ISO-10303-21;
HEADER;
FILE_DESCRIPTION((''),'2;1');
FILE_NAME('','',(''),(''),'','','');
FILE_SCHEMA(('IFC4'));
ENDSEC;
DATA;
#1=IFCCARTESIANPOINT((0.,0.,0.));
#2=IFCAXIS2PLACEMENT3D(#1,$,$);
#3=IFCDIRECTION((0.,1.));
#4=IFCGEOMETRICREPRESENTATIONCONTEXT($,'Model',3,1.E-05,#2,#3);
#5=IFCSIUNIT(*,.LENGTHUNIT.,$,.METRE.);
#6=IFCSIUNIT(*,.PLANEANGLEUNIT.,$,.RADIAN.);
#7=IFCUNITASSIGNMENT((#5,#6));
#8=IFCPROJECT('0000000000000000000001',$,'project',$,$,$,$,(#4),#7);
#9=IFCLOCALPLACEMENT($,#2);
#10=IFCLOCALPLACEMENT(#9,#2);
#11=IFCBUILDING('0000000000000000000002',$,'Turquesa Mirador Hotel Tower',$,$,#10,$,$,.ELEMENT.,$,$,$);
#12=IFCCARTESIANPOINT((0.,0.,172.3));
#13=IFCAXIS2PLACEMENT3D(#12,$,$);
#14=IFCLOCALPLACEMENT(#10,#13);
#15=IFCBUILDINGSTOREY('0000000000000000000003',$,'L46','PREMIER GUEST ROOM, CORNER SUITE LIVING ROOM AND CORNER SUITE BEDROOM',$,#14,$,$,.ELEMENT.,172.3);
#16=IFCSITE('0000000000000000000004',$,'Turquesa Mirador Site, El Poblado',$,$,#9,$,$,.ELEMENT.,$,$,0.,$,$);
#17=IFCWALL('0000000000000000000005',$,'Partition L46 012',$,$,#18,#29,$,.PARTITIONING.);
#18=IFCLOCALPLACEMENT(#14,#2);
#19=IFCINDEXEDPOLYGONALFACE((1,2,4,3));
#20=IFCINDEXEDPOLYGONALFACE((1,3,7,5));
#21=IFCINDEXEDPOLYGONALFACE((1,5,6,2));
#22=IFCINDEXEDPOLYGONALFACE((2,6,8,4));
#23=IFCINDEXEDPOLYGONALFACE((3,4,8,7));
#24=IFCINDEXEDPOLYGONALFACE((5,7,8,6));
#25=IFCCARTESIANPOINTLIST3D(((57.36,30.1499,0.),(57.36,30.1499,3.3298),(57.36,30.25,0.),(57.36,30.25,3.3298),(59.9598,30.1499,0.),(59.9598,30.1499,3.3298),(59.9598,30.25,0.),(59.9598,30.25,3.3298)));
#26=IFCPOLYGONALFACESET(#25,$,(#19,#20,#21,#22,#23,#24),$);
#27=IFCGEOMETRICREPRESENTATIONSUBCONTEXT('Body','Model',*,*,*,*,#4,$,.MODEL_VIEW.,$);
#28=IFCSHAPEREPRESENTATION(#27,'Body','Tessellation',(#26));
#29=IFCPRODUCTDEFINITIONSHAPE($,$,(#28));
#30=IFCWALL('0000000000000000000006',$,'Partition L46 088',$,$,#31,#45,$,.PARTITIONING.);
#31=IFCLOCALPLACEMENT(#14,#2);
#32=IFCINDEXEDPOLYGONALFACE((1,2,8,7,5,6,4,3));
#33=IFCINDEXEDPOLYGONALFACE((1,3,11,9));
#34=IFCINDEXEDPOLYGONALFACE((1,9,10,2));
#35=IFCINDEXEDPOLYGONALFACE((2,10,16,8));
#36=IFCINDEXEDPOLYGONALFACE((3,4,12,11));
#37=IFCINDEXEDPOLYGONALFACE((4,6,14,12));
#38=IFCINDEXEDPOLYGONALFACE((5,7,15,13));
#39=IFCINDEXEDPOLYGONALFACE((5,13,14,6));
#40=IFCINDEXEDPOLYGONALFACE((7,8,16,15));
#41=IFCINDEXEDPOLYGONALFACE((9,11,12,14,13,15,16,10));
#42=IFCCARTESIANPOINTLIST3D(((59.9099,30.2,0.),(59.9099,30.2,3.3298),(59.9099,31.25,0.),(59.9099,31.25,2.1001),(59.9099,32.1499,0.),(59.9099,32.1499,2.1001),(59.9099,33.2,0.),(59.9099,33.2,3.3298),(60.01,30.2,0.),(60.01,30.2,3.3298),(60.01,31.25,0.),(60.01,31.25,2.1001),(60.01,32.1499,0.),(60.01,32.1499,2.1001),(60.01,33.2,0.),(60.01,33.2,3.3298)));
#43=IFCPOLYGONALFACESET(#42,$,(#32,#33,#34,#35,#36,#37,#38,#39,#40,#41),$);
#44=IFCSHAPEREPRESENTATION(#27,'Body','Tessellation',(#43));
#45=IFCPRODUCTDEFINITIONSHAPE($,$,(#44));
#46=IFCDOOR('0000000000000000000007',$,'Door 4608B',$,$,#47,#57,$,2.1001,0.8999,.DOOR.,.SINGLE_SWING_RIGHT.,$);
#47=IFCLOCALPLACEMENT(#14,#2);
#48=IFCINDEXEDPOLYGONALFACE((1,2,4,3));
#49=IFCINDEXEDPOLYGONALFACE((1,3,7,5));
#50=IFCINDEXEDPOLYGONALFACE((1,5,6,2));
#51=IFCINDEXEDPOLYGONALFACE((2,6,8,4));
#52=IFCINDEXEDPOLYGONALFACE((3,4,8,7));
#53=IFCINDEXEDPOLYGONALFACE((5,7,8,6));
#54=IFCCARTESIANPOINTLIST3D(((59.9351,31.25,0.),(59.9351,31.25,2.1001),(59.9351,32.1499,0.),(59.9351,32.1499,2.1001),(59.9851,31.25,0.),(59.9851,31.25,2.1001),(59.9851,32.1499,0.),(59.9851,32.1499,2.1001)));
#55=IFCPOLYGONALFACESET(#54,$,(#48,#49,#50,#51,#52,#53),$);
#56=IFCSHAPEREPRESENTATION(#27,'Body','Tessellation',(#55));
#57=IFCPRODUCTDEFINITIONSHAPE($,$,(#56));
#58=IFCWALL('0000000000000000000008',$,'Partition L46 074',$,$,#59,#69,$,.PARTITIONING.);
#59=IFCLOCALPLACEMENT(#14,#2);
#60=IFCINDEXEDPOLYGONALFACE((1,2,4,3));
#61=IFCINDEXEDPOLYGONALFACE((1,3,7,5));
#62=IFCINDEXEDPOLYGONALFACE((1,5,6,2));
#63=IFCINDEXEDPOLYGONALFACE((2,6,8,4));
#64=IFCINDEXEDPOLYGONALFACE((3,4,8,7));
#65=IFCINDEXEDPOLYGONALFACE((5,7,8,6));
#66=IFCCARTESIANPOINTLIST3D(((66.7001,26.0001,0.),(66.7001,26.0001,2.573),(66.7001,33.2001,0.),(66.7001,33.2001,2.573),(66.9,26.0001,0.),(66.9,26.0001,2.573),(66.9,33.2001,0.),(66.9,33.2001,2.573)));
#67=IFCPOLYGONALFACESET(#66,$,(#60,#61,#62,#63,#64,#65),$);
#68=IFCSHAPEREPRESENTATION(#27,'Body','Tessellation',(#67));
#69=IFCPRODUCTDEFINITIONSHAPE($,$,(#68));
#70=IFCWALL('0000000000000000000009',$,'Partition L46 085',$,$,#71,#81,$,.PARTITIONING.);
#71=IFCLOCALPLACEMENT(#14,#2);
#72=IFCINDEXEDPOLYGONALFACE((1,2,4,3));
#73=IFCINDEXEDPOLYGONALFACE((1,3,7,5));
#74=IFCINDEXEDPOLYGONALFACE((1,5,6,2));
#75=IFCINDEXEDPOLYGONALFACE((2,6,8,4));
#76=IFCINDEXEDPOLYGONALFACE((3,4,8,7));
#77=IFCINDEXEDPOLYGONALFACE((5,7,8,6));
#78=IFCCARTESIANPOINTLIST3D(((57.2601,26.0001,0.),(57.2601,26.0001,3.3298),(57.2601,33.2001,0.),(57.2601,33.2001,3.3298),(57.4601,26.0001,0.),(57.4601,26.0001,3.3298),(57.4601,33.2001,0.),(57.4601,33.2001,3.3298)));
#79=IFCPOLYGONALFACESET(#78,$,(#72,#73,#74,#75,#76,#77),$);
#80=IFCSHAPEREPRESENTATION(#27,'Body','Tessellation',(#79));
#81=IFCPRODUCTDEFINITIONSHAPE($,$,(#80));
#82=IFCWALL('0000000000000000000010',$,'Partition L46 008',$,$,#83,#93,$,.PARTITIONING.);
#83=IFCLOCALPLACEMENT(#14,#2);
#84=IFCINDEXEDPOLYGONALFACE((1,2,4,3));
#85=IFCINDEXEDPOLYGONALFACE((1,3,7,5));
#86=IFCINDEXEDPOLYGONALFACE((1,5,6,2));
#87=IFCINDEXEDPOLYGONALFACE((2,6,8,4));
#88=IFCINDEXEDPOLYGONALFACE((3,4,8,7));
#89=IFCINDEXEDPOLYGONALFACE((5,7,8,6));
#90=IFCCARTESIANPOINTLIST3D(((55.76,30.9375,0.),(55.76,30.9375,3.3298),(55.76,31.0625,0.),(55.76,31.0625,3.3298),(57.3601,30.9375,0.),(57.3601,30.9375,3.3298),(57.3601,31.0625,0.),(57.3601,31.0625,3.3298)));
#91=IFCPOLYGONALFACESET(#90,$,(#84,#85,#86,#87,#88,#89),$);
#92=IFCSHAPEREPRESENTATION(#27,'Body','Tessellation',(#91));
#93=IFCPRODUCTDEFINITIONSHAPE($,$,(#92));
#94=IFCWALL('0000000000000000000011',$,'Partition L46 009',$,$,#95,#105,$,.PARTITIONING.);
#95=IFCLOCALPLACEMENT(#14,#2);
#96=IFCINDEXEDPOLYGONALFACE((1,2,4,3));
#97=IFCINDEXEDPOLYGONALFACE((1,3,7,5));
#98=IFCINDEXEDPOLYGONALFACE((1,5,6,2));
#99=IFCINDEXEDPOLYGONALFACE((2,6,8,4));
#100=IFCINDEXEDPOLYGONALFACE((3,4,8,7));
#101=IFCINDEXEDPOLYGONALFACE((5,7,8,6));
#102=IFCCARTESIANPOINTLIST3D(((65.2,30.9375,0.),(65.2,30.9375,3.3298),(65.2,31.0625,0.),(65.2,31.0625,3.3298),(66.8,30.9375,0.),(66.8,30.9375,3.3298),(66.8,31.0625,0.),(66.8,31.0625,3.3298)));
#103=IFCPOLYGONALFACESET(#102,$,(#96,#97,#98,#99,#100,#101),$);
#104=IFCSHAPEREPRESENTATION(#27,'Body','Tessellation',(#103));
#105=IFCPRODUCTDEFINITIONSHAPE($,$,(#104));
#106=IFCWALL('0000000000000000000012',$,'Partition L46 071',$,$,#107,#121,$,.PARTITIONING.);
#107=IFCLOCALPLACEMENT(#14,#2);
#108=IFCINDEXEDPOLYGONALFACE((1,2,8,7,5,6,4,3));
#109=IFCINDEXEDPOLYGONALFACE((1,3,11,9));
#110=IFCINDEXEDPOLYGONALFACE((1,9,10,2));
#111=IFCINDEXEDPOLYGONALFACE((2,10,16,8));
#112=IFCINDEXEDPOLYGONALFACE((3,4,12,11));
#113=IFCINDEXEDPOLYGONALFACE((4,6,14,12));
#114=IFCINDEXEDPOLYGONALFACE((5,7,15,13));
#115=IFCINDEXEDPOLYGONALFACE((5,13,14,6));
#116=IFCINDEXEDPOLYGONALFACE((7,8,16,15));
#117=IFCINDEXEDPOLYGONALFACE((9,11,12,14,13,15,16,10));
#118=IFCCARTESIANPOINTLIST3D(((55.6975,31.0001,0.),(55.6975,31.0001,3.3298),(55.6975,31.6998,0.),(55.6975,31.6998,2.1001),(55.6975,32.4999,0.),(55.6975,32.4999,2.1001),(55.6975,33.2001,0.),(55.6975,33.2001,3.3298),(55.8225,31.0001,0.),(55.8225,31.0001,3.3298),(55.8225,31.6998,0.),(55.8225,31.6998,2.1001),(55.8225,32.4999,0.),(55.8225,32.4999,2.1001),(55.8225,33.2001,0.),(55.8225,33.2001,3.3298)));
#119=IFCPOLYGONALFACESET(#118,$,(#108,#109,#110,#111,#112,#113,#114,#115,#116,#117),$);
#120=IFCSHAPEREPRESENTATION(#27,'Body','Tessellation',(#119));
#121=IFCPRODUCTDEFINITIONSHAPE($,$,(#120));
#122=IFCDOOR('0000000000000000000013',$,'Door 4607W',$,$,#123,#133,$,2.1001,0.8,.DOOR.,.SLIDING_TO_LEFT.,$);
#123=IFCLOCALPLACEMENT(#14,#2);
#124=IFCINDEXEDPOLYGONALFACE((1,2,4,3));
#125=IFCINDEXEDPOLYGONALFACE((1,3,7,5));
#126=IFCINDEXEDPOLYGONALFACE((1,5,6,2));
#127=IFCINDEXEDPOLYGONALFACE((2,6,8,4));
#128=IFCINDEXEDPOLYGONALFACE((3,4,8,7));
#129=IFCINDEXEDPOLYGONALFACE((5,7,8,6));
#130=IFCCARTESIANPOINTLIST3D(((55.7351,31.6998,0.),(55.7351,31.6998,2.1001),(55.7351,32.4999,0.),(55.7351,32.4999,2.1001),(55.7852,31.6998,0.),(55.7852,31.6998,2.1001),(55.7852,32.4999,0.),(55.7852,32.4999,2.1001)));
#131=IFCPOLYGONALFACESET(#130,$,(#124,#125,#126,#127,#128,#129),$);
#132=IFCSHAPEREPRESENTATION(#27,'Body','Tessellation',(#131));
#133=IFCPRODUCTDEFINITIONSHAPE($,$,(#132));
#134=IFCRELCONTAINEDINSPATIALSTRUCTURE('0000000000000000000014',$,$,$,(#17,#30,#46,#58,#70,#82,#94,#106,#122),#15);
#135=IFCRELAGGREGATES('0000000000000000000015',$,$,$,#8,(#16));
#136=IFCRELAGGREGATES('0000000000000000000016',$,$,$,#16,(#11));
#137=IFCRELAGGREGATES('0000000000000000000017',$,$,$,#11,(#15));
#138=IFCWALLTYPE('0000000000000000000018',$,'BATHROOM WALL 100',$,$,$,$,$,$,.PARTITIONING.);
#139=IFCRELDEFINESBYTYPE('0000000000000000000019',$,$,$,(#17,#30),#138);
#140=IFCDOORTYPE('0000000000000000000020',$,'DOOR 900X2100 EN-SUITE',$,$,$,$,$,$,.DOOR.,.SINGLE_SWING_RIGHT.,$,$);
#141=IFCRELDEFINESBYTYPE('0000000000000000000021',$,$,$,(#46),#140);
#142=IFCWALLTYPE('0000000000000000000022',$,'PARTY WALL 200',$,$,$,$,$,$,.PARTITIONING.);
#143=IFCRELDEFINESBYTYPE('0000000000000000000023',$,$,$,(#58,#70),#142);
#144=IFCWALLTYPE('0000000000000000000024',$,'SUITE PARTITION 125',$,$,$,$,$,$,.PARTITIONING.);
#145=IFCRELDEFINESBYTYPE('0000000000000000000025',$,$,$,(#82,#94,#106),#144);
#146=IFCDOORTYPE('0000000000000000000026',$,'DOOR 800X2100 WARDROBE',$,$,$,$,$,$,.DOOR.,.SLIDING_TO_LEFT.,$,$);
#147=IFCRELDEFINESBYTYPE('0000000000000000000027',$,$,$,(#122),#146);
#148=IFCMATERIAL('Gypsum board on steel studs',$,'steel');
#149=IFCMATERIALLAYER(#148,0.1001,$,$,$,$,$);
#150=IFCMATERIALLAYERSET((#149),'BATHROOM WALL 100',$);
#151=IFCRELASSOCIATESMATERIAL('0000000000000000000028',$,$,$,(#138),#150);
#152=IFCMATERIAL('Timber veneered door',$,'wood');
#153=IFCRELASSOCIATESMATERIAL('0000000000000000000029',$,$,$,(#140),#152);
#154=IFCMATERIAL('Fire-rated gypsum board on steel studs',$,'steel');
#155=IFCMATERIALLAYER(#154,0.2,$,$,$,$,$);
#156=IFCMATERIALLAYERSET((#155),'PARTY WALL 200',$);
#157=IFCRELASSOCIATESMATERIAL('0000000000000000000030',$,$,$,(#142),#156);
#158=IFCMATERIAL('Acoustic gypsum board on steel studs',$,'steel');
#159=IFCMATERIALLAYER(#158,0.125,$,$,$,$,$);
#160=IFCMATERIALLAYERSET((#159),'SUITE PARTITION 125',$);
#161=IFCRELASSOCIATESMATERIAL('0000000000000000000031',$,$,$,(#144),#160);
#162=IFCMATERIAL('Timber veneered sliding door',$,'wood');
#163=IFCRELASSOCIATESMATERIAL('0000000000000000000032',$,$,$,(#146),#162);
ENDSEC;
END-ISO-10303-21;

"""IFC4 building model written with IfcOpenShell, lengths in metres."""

from ifc_helpers import new_model, si_unit, direction, frame, frame_2d, origin, place, context, subcontext, project, spatial, rectangle, extrude, material, layer, layer_set, type_object, element, fill, save


model = new_model("IFC4")

# Units and contexts
model_context = context("Model", 3, precision=1e-05, world=origin(), true_north=direction((0.0, 1.0)))
body_context = subcontext(model_context, "Body", "Model", "MODEL_VIEW")
ifc_project = project(units=[si_unit("LENGTHUNIT", "METRE"), si_unit("PLANEANGLEUNIT", "RADIAN")], contexts=[model_context])

# Site, building, storey
site_placement = place(None, origin())
site = spatial("IfcSite", under=ifc_project, at=site_placement, Name="Turquesa Mirador Site, El Poblado", CompositionType="ELEMENT", RefElevation=0.0)
building_placement = place(site_placement, origin())
building = spatial("IfcBuilding", under=site, at=building_placement, Name="Turquesa Mirador Hotel Tower", CompositionType="ELEMENT")
storey_placement = place(building_placement, frame((0.0, 0.0, 172.3)))
storey = spatial("IfcBuildingStorey", under=building, at=storey_placement, Name="L46", Description="PREMIER GUEST ROOM, CORNER SUITE LIVING ROOM AND CORNER SUITE BEDROOM", CompositionType="ELEMENT", Elevation=172.3)

# Wall
ifc_material_1 = material(Name="Gypsum board on steel studs", Category="steel")
ifc_layer_1 = layer(ifc_material_1, 0.1001)
ifc_layer_set_1 = layer_set([ifc_layer_1], Name="BATHROOM WALL 100")
wall_type_1 = type_object("IfcWallType", Name="BATHROOM WALL 100", PredefinedType="PARTITIONING", material=ifc_layer_set_1)
for number, where, z_axis, x_axis, name in (
    (1, (57.3601, 30.2, 0.0), (0.0, 0.0, 1.0), (1.0, 0.0, 0.0), "Partition L46 012"),
):
    element("IfcWall", number, at=place(storey_placement, frame(where, z_axis=z_axis, x_axis=x_axis)), inside=storey, type_object=wall_type_1, Name=name, PredefinedType="PARTITIONING", context=body_context, shape_type="SweptSolid", body=[
        extrude(rectangle(XDim=2.5999, YDim=0.1001, at=frame_2d((1.2998, 0.0))), origin(), (0.0, 0.0, 1.0), 3.3298),
    ])

# Wall, opening, door
wall_1_placement = place(storey_placement, frame((59.96, 30.2, 0.0), z_axis=(0.0, 0.0, 1.0), x_axis=(0.0, 1.0, 0.0)))
wall_1 = element("IfcWall", 2, at=wall_1_placement, inside=storey, type_object=wall_type_1, Name="Partition L46 088", PredefinedType="PARTITIONING", context=body_context, shape_type="SweptSolid", body=[
    extrude(rectangle(XDim=3.0, YDim=0.1001, at=frame_2d((1.5, 0.0))), origin(), (0.0, 0.0, 1.0), 3.3298),
])
opening_1_placement = place(wall_1_placement, frame((1.05, 0.0, 0.0)))
opening_1 = element("IfcOpeningElement", 3, at=opening_1_placement, cuts=wall_1, PredefinedType="OPENING", context=body_context, shape_type="SweptSolid", body=[
    extrude(rectangle(XDim=0.8999, YDim=2.1001, at=frame_2d((0.45, 1.05))), frame((0.0, 0.0601, 0.0), z_axis=(0.0, -1.0, 0.0), x_axis=(1.0, 0.0, 0.0)), (0.0, 0.0, 1.0), 0.1201),
])
ifc_material_2 = material(Name="Timber veneered door", Category="wood")
door_type_1 = type_object("IfcDoorType", Name="DOOR 900X2100 EN-SUITE", OperationType="SINGLE_SWING_RIGHT", PredefinedType="DOOR", material=ifc_material_2)
door_1_placement = place(opening_1_placement, origin())
door_1 = element("IfcDoor", 4, at=door_1_placement, inside=storey, type_object=door_type_1, Name="Door 4608B", OperationType="SINGLE_SWING_RIGHT", OverallHeight=2.1001, OverallWidth=0.8999, PredefinedType="DOOR", context=body_context, shape_type="SweptSolid", body=[
    extrude(rectangle(XDim=0.8999, YDim=2.1001, at=frame_2d((0.45, 1.05))), frame((0.0, 0.0249, 0.0), z_axis=(0.0, -1.0, 0.0), x_axis=(1.0, 0.0, 0.0)), (0.0, 0.0, 1.0), 0.05),
])
fill(opening_1, door_1)

# Walls
ifc_material_3 = material(Name="Fire-rated gypsum board on steel studs", Category="steel")
ifc_layer_2 = layer(ifc_material_3, 0.2)
ifc_layer_set_2 = layer_set([ifc_layer_2], Name="PARTY WALL 200")
wall_type_2 = type_object("IfcWallType", Name="PARTY WALL 200", PredefinedType="PARTITIONING", material=ifc_layer_set_2)
wall_2_placement = place(storey_placement, frame((66.8, 26.0, 0.0), z_axis=(0.0, 0.0, 1.0), x_axis=(0.0, 1.0, 0.0)))
element("IfcWall", 5, at=wall_2_placement, inside=storey, type_object=wall_type_2, Name="Partition L46 074", PredefinedType="PARTITIONING", context=body_context, shape_type="SweptSolid", body=[
    extrude(rectangle(XDim=7.2, YDim=0.2, at=frame_2d((3.6001, 0.0))), origin(), (0.0, 0.0, 1.0), 2.573),
])
wall_3_placement = place(storey_placement, frame((57.3601, 26.0, 0.0), z_axis=(0.0, 0.0, 1.0), x_axis=(0.0, 1.0, 0.0)))
element("IfcWall", 6, at=wall_3_placement, inside=storey, type_object=wall_type_2, Name="Partition L46 085", PredefinedType="PARTITIONING", context=body_context, shape_type="SweptSolid", body=[
    extrude(rectangle(XDim=7.2, YDim=0.2, at=frame_2d((3.6001, 0.0))), origin(), (0.0, 0.0, 1.0), 3.3298),
])
ifc_material_4 = material(Name="Acoustic gypsum board on steel studs", Category="steel")
ifc_layer_3 = layer(ifc_material_4, 0.125)
ifc_layer_set_3 = layer_set([ifc_layer_3], Name="SUITE PARTITION 125")
wall_type_3 = type_object("IfcWallType", Name="SUITE PARTITION 125", PredefinedType="PARTITIONING", material=ifc_layer_set_3)
for number, where, z_axis, x_axis, name in (
    (7, (55.76, 31.0, 0.0), (0.0, 0.0, 1.0), (1.0, 0.0, 0.0), "Partition L46 008"),
    (8, (65.2, 31.0, 0.0), (0.0, 0.0, 1.0), (1.0, 0.0, 0.0), "Partition L46 009"),
):
    element("IfcWall", number, at=place(storey_placement, frame(where, z_axis=z_axis, x_axis=x_axis)), inside=storey, type_object=wall_type_3, Name=name, PredefinedType="PARTITIONING", context=body_context, shape_type="SweptSolid", body=[
        extrude(rectangle(XDim=1.6001, YDim=0.125, at=frame_2d((0.8, 0.0))), origin(), (0.0, 0.0, 1.0), 3.3298),
    ])

# Wall, opening, door
wall_4_placement = place(storey_placement, frame((55.76, 31.0, 0.0), z_axis=(0.0, 0.0, 1.0), x_axis=(0.0, 1.0, 0.0)))
wall_4 = element("IfcWall", 9, at=wall_4_placement, inside=storey, type_object=wall_type_3, Name="Partition L46 071", PredefinedType="PARTITIONING", context=body_context, shape_type="SweptSolid", body=[
    extrude(rectangle(XDim=2.2, YDim=0.125, at=frame_2d((1.1001, 0.0))), origin(), (0.0, 0.0, 1.0), 3.3298),
])
opening_2_placement = place(wall_4_placement, frame((0.7, 0.0, 0.0)))
opening_2 = element("IfcOpeningElement", 10, at=opening_2_placement, cuts=wall_4, PredefinedType="OPENING", context=body_context, shape_type="SweptSolid", body=[
    extrude(rectangle(XDim=0.8, YDim=2.1001, at=frame_2d((0.3999, 1.05))), frame((0.0, 0.0725, 0.0), z_axis=(0.0, -1.0, 0.0), x_axis=(1.0, 0.0, 0.0)), (0.0, 0.0, 1.0), 0.145),
])
ifc_material_5 = material(Name="Timber veneered sliding door", Category="wood")
door_type_2 = type_object("IfcDoorType", Name="DOOR 800X2100 WARDROBE", OperationType="SLIDING_TO_LEFT", PredefinedType="DOOR", material=ifc_material_5)
door_2_placement = place(opening_2_placement, origin())
door_2 = element("IfcDoor", 11, at=door_2_placement, inside=storey, type_object=door_type_2, Name="Door 4607W", OperationType="SLIDING_TO_LEFT", OverallHeight=2.1001, OverallWidth=0.8, PredefinedType="DOOR", context=body_context, shape_type="SweptSolid", body=[
    extrude(rectangle(XDim=0.8, YDim=2.1001, at=frame_2d((0.3999, 1.05))), frame((0.0, 0.0249, 0.0), z_axis=(0.0, -1.0, 0.0), x_axis=(1.0, 0.0, 0.0)), (0.0, 0.0, 1.0), 0.05),
])
fill(opening_2, door_2)

save(model, "model.ifc")
